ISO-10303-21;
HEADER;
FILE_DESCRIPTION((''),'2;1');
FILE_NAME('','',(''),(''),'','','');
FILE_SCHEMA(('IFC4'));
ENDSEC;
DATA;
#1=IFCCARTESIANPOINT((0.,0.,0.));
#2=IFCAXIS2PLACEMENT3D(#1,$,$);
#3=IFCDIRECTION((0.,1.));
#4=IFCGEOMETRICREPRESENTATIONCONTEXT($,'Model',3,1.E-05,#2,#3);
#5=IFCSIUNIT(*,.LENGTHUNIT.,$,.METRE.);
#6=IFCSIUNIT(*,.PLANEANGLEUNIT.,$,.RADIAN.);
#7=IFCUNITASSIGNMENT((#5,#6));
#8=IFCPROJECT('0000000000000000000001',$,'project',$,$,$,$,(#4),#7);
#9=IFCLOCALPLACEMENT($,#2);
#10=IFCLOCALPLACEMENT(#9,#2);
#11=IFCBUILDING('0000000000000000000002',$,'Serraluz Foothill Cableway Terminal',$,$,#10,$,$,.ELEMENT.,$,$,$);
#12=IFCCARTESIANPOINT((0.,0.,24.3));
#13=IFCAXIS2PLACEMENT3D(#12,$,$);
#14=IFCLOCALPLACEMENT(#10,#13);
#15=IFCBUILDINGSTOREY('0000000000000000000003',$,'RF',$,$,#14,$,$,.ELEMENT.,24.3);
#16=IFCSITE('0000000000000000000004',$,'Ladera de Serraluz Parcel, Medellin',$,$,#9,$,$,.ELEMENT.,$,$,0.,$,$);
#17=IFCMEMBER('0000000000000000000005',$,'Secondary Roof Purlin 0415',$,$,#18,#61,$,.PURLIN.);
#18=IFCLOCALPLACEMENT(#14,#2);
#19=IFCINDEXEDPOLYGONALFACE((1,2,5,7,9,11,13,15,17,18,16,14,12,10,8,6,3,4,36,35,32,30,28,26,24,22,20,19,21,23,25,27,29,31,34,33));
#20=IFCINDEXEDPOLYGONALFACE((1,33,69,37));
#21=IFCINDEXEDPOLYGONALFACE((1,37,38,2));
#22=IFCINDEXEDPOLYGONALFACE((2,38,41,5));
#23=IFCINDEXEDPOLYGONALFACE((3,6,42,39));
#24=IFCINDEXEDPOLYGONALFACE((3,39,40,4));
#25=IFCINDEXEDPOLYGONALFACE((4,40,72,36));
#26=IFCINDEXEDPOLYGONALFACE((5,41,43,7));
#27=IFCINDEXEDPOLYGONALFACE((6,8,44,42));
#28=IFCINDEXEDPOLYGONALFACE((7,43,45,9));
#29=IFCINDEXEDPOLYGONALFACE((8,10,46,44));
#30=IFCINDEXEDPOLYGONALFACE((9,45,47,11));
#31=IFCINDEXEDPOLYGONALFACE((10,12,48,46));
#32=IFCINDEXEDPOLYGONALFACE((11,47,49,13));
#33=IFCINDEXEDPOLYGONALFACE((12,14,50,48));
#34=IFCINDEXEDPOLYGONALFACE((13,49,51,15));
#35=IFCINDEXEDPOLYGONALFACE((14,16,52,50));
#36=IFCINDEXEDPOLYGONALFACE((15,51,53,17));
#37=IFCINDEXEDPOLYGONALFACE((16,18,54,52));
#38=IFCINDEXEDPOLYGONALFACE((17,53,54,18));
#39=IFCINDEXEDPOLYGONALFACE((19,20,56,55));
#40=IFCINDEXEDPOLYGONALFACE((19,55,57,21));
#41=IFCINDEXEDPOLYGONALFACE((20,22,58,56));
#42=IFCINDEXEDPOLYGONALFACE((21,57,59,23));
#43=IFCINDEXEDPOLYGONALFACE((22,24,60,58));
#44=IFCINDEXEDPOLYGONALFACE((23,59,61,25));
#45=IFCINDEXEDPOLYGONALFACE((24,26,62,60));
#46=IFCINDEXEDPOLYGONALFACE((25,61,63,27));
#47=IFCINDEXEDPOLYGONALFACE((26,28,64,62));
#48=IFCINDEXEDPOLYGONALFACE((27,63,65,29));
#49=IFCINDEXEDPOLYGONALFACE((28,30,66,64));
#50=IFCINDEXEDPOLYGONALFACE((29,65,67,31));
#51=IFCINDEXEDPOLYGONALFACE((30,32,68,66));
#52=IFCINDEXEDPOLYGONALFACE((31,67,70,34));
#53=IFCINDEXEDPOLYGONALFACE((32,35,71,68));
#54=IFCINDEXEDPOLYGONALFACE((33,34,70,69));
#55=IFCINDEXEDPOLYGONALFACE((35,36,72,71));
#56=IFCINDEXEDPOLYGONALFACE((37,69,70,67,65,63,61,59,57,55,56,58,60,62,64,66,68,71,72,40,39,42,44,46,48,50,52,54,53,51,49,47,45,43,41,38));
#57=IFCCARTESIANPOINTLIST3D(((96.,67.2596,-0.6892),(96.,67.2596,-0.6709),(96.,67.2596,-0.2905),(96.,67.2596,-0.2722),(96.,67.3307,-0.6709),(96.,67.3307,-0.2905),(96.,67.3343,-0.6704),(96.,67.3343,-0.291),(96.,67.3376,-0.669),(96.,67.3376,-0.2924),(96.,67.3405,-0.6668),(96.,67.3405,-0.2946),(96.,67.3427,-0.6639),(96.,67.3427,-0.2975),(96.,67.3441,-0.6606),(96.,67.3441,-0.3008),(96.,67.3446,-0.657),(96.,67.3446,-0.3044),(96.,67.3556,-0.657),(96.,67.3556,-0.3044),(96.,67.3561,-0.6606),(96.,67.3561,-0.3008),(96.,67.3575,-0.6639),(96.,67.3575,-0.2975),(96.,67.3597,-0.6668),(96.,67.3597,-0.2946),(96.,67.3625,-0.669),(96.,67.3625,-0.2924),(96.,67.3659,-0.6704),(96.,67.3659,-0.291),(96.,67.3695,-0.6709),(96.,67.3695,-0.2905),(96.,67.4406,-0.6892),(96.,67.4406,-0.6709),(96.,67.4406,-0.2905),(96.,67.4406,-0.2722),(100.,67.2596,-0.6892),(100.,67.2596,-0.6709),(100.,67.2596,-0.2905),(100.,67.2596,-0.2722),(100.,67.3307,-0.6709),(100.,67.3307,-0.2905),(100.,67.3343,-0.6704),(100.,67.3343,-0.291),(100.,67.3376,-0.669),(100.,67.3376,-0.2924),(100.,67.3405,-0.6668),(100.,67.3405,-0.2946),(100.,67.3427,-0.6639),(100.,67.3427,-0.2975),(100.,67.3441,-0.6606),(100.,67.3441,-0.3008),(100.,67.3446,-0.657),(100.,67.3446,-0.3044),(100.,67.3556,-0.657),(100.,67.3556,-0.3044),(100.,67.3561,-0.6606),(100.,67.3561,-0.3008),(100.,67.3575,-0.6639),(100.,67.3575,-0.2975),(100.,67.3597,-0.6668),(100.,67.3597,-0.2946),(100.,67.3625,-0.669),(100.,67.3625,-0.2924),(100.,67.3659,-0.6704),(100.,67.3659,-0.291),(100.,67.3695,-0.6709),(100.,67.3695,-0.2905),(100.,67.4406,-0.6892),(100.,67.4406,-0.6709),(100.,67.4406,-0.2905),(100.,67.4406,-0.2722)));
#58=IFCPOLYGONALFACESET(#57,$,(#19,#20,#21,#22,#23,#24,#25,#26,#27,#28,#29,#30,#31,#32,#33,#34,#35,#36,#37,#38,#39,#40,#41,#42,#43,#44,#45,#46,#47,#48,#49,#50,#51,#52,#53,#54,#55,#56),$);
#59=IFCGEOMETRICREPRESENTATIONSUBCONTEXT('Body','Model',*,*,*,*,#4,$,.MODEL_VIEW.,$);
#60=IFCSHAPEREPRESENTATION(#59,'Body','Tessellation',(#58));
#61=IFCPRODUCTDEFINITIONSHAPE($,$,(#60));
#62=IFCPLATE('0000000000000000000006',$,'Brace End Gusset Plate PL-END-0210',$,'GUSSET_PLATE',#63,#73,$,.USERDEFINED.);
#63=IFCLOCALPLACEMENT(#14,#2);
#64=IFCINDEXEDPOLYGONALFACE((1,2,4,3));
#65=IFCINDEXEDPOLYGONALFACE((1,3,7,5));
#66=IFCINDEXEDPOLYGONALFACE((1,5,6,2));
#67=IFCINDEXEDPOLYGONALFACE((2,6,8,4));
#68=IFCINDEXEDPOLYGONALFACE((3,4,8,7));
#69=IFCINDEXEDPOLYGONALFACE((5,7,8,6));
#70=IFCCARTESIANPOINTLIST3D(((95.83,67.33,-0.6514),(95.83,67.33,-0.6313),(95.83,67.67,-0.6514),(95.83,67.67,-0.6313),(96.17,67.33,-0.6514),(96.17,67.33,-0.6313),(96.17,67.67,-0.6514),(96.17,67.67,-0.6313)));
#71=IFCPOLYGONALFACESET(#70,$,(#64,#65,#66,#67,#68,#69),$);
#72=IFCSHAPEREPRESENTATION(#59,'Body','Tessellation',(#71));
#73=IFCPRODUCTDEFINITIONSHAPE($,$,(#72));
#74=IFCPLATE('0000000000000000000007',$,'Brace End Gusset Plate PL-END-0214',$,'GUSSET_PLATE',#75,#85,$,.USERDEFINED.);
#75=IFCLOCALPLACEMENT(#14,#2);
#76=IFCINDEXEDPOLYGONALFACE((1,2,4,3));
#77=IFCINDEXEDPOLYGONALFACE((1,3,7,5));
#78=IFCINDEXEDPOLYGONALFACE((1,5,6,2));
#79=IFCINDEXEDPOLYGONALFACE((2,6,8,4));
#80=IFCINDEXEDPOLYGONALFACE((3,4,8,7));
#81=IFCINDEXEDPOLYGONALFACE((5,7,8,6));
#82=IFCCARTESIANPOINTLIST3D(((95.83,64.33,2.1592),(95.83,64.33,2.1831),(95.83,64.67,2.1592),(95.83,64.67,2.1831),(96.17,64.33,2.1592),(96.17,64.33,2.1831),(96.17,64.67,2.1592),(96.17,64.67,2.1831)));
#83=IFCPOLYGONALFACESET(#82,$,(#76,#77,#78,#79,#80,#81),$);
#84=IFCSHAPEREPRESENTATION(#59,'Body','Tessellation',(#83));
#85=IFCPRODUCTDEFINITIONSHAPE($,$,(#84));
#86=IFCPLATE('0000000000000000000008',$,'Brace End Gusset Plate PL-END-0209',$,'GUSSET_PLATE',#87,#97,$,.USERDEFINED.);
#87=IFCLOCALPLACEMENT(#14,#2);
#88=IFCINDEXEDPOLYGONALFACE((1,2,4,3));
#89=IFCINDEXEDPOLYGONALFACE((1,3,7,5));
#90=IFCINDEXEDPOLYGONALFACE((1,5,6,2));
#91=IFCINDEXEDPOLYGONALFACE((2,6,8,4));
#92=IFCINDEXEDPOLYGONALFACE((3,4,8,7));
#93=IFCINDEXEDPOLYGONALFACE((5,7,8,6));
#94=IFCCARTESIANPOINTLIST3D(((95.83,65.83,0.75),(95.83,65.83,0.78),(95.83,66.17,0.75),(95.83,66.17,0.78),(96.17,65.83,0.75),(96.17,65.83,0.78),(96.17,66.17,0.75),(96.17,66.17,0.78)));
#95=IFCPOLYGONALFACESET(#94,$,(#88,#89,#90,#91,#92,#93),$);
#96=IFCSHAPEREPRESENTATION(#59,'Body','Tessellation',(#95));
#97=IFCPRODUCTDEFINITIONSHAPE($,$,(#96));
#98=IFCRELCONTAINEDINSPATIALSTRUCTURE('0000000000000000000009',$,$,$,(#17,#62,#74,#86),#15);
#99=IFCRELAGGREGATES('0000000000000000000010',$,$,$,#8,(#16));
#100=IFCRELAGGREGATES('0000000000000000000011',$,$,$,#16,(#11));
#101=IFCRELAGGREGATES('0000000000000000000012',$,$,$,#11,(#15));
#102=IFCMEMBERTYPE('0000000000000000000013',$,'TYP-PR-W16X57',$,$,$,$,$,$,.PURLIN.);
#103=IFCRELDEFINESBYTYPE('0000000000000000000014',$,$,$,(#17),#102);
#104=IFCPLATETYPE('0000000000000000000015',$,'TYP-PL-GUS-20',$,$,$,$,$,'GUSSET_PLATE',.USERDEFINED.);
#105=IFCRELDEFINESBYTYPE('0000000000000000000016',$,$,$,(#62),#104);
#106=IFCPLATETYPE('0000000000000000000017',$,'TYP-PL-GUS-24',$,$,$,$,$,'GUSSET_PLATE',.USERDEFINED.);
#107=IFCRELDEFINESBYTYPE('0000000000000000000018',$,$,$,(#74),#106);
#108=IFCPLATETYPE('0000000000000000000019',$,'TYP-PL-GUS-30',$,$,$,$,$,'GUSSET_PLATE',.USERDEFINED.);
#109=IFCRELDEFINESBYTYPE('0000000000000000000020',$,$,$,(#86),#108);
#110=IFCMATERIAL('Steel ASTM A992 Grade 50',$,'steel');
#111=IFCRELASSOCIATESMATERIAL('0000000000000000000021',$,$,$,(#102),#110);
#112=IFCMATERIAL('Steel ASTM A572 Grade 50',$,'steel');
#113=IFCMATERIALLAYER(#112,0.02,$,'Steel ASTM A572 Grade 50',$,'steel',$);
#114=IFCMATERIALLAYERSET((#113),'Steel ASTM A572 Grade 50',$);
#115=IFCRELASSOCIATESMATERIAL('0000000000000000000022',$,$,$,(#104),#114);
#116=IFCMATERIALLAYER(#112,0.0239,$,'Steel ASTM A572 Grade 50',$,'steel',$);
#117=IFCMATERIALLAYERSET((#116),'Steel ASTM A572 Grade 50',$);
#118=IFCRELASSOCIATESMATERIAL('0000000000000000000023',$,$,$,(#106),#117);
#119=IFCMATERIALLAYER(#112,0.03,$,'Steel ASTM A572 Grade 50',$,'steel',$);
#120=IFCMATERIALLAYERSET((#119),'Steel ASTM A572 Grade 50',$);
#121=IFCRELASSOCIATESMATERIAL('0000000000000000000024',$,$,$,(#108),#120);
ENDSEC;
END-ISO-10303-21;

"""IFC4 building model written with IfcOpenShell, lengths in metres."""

from ifc_helpers import new_model, si_unit, direction, frame, origin, origin_2d, place, context, subcontext, project, spatial, rectangle, i_section, extrude, material, layer, layer_set, material_profile, profile_set, type_object, element, save


model = new_model("IFC4")

# Units and contexts
model_context = context("Model", 3, precision=1e-05, world=origin(), true_north=direction((0.0, 1.0)))
body_context = subcontext(model_context, "Body", "Model", "MODEL_VIEW")
ifc_project = project(units=[si_unit("LENGTHUNIT", "METRE"), si_unit("PLANEANGLEUNIT", "RADIAN")], contexts=[model_context])

# Site, building, storey
site_placement = place(None, origin())
site = spatial("IfcSite", under=ifc_project, at=site_placement, Name="Ladera de Serraluz Parcel, Medellin", CompositionType="ELEMENT", RefElevation=0.0)
building_placement = place(site_placement, origin())
building = spatial("IfcBuilding", under=site, at=building_placement, Name="Serraluz Foothill Cableway Terminal", CompositionType="ELEMENT")
storey_placement = place(building_placement, frame((0.0, 0.0, 24.3)))
storey = spatial("IfcBuildingStorey", under=building, at=storey_placement, Name="RF", CompositionType="ELEMENT", Elevation=24.3)

# Member
ifc_material_1 = material(Name="Steel ASTM A572 Grade 50", Category="steel")
ifc_material_2 = material(Name="Steel ASTM A992 Grade 50", Category="steel")
ifc_material_profile_1 = material_profile(ifc_material_2, i_section(OverallWidth=0.1809, OverallDepth=0.417, WebThickness=0.011, FlangeThickness=0.0183, FilletRadius=0.0139, at=origin_2d()), Name="W16X57")
ifc_profile_set_1 = profile_set([ifc_material_profile_1], Name="Steel ASTM A992 Grade 50")
member_type_1 = type_object("IfcMemberType", Name="TYP-PR-W16X57", PredefinedType="PURLIN", material=ifc_profile_set_1)
for number, where, z_axis, x_axis, name in (
    (1, (96.0, 67.3501, -0.4807), (1.0, 0.0, 0.0), (0.0, 1.0, 0.0), "Secondary Roof Purlin 0415"),
):
    element("IfcMember", number, at=place(storey_placement, frame(where, z_axis=z_axis, x_axis=x_axis)), inside=storey, type_object=member_type_1, Name=name, PredefinedType="PURLIN", context=body_context, shape_type="SweptSolid", body=[
        extrude(i_section(OverallWidth=0.1809, OverallDepth=0.417, WebThickness=0.011, FlangeThickness=0.0183, FilletRadius=0.0139, at=origin_2d()), origin(), (0.0, 0.0, 1.0), 4.0),
    ])

# Plates
ifc_layer_1 = layer(ifc_material_1, 0.02, Name="Steel ASTM A572 Grade 50", Category="steel")
ifc_layer_set_1 = layer_set([ifc_layer_1], Name="Steel ASTM A572 Grade 50")
plate_type_1 = type_object("IfcPlateType", Name="TYP-PL-GUS-20", ElementType="GUSSET_PLATE", PredefinedType="USERDEFINED", material=ifc_layer_set_1)
plate_1_placement = place(storey_placement, frame((96.0, 67.5, -0.6514), z_axis=(0.0, 0.0, 1.0), x_axis=(1.0, 0.0, 0.0)))
element("IfcPlate", 2, at=plate_1_placement, inside=storey, type_object=plate_type_1, Name="Brace End Gusset Plate PL-END-0210", ObjectType="GUSSET_PLATE", PredefinedType="USERDEFINED", context=body_context, shape_type="SweptSolid", body=[
    extrude(rectangle(XDim=0.3401, YDim=0.3401, at=origin_2d()), origin(), (0.0, 0.0, 1.0), 0.02),
])
ifc_layer_2 = layer(ifc_material_1, 0.0239, Name="Steel ASTM A572 Grade 50", Category="steel")
ifc_layer_set_2 = layer_set([ifc_layer_2], Name="Steel ASTM A572 Grade 50")
plate_type_2 = type_object("IfcPlateType", Name="TYP-PL-GUS-24", ElementType="GUSSET_PLATE", PredefinedType="USERDEFINED", material=ifc_layer_set_2)
plate_2_placement = place(storey_placement, frame((96.0, 64.5, 2.1592), z_axis=(0.0, 0.0, 1.0), x_axis=(1.0, 0.0, 0.0)))
element("IfcPlate", 3, at=plate_2_placement, inside=storey, type_object=plate_type_2, Name="Brace End Gusset Plate PL-END-0214", ObjectType="GUSSET_PLATE", PredefinedType="USERDEFINED", context=body_context, shape_type="SweptSolid", body=[
    extrude(rectangle(XDim=0.3401, YDim=0.3401, at=origin_2d()), origin(), (0.0, 0.0, 1.0), 0.0239),
])
ifc_layer_3 = layer(ifc_material_1, 0.03, Name="Steel ASTM A572 Grade 50", Category="steel")
ifc_layer_set_3 = layer_set([ifc_layer_3], Name="Steel ASTM A572 Grade 50")
plate_type_3 = type_object("IfcPlateType", Name="TYP-PL-GUS-30", ElementType="GUSSET_PLATE", PredefinedType="USERDEFINED", material=ifc_layer_set_3)
plate_3_placement = place(storey_placement, frame((96.0, 66.0, 0.75), z_axis=(0.0, 0.0, 1.0), x_axis=(1.0, 0.0, 0.0)))
element("IfcPlate", 4, at=plate_3_placement, inside=storey, type_object=plate_type_3, Name="Brace End Gusset Plate PL-END-0209", ObjectType="GUSSET_PLATE", PredefinedType="USERDEFINED", context=body_context, shape_type="SweptSolid", body=[
    extrude(rectangle(XDim=0.3401, YDim=0.3401, at=origin_2d()), origin(), (0.0, 0.0, 1.0), 0.03),
])

save(model, "model.ifc")
